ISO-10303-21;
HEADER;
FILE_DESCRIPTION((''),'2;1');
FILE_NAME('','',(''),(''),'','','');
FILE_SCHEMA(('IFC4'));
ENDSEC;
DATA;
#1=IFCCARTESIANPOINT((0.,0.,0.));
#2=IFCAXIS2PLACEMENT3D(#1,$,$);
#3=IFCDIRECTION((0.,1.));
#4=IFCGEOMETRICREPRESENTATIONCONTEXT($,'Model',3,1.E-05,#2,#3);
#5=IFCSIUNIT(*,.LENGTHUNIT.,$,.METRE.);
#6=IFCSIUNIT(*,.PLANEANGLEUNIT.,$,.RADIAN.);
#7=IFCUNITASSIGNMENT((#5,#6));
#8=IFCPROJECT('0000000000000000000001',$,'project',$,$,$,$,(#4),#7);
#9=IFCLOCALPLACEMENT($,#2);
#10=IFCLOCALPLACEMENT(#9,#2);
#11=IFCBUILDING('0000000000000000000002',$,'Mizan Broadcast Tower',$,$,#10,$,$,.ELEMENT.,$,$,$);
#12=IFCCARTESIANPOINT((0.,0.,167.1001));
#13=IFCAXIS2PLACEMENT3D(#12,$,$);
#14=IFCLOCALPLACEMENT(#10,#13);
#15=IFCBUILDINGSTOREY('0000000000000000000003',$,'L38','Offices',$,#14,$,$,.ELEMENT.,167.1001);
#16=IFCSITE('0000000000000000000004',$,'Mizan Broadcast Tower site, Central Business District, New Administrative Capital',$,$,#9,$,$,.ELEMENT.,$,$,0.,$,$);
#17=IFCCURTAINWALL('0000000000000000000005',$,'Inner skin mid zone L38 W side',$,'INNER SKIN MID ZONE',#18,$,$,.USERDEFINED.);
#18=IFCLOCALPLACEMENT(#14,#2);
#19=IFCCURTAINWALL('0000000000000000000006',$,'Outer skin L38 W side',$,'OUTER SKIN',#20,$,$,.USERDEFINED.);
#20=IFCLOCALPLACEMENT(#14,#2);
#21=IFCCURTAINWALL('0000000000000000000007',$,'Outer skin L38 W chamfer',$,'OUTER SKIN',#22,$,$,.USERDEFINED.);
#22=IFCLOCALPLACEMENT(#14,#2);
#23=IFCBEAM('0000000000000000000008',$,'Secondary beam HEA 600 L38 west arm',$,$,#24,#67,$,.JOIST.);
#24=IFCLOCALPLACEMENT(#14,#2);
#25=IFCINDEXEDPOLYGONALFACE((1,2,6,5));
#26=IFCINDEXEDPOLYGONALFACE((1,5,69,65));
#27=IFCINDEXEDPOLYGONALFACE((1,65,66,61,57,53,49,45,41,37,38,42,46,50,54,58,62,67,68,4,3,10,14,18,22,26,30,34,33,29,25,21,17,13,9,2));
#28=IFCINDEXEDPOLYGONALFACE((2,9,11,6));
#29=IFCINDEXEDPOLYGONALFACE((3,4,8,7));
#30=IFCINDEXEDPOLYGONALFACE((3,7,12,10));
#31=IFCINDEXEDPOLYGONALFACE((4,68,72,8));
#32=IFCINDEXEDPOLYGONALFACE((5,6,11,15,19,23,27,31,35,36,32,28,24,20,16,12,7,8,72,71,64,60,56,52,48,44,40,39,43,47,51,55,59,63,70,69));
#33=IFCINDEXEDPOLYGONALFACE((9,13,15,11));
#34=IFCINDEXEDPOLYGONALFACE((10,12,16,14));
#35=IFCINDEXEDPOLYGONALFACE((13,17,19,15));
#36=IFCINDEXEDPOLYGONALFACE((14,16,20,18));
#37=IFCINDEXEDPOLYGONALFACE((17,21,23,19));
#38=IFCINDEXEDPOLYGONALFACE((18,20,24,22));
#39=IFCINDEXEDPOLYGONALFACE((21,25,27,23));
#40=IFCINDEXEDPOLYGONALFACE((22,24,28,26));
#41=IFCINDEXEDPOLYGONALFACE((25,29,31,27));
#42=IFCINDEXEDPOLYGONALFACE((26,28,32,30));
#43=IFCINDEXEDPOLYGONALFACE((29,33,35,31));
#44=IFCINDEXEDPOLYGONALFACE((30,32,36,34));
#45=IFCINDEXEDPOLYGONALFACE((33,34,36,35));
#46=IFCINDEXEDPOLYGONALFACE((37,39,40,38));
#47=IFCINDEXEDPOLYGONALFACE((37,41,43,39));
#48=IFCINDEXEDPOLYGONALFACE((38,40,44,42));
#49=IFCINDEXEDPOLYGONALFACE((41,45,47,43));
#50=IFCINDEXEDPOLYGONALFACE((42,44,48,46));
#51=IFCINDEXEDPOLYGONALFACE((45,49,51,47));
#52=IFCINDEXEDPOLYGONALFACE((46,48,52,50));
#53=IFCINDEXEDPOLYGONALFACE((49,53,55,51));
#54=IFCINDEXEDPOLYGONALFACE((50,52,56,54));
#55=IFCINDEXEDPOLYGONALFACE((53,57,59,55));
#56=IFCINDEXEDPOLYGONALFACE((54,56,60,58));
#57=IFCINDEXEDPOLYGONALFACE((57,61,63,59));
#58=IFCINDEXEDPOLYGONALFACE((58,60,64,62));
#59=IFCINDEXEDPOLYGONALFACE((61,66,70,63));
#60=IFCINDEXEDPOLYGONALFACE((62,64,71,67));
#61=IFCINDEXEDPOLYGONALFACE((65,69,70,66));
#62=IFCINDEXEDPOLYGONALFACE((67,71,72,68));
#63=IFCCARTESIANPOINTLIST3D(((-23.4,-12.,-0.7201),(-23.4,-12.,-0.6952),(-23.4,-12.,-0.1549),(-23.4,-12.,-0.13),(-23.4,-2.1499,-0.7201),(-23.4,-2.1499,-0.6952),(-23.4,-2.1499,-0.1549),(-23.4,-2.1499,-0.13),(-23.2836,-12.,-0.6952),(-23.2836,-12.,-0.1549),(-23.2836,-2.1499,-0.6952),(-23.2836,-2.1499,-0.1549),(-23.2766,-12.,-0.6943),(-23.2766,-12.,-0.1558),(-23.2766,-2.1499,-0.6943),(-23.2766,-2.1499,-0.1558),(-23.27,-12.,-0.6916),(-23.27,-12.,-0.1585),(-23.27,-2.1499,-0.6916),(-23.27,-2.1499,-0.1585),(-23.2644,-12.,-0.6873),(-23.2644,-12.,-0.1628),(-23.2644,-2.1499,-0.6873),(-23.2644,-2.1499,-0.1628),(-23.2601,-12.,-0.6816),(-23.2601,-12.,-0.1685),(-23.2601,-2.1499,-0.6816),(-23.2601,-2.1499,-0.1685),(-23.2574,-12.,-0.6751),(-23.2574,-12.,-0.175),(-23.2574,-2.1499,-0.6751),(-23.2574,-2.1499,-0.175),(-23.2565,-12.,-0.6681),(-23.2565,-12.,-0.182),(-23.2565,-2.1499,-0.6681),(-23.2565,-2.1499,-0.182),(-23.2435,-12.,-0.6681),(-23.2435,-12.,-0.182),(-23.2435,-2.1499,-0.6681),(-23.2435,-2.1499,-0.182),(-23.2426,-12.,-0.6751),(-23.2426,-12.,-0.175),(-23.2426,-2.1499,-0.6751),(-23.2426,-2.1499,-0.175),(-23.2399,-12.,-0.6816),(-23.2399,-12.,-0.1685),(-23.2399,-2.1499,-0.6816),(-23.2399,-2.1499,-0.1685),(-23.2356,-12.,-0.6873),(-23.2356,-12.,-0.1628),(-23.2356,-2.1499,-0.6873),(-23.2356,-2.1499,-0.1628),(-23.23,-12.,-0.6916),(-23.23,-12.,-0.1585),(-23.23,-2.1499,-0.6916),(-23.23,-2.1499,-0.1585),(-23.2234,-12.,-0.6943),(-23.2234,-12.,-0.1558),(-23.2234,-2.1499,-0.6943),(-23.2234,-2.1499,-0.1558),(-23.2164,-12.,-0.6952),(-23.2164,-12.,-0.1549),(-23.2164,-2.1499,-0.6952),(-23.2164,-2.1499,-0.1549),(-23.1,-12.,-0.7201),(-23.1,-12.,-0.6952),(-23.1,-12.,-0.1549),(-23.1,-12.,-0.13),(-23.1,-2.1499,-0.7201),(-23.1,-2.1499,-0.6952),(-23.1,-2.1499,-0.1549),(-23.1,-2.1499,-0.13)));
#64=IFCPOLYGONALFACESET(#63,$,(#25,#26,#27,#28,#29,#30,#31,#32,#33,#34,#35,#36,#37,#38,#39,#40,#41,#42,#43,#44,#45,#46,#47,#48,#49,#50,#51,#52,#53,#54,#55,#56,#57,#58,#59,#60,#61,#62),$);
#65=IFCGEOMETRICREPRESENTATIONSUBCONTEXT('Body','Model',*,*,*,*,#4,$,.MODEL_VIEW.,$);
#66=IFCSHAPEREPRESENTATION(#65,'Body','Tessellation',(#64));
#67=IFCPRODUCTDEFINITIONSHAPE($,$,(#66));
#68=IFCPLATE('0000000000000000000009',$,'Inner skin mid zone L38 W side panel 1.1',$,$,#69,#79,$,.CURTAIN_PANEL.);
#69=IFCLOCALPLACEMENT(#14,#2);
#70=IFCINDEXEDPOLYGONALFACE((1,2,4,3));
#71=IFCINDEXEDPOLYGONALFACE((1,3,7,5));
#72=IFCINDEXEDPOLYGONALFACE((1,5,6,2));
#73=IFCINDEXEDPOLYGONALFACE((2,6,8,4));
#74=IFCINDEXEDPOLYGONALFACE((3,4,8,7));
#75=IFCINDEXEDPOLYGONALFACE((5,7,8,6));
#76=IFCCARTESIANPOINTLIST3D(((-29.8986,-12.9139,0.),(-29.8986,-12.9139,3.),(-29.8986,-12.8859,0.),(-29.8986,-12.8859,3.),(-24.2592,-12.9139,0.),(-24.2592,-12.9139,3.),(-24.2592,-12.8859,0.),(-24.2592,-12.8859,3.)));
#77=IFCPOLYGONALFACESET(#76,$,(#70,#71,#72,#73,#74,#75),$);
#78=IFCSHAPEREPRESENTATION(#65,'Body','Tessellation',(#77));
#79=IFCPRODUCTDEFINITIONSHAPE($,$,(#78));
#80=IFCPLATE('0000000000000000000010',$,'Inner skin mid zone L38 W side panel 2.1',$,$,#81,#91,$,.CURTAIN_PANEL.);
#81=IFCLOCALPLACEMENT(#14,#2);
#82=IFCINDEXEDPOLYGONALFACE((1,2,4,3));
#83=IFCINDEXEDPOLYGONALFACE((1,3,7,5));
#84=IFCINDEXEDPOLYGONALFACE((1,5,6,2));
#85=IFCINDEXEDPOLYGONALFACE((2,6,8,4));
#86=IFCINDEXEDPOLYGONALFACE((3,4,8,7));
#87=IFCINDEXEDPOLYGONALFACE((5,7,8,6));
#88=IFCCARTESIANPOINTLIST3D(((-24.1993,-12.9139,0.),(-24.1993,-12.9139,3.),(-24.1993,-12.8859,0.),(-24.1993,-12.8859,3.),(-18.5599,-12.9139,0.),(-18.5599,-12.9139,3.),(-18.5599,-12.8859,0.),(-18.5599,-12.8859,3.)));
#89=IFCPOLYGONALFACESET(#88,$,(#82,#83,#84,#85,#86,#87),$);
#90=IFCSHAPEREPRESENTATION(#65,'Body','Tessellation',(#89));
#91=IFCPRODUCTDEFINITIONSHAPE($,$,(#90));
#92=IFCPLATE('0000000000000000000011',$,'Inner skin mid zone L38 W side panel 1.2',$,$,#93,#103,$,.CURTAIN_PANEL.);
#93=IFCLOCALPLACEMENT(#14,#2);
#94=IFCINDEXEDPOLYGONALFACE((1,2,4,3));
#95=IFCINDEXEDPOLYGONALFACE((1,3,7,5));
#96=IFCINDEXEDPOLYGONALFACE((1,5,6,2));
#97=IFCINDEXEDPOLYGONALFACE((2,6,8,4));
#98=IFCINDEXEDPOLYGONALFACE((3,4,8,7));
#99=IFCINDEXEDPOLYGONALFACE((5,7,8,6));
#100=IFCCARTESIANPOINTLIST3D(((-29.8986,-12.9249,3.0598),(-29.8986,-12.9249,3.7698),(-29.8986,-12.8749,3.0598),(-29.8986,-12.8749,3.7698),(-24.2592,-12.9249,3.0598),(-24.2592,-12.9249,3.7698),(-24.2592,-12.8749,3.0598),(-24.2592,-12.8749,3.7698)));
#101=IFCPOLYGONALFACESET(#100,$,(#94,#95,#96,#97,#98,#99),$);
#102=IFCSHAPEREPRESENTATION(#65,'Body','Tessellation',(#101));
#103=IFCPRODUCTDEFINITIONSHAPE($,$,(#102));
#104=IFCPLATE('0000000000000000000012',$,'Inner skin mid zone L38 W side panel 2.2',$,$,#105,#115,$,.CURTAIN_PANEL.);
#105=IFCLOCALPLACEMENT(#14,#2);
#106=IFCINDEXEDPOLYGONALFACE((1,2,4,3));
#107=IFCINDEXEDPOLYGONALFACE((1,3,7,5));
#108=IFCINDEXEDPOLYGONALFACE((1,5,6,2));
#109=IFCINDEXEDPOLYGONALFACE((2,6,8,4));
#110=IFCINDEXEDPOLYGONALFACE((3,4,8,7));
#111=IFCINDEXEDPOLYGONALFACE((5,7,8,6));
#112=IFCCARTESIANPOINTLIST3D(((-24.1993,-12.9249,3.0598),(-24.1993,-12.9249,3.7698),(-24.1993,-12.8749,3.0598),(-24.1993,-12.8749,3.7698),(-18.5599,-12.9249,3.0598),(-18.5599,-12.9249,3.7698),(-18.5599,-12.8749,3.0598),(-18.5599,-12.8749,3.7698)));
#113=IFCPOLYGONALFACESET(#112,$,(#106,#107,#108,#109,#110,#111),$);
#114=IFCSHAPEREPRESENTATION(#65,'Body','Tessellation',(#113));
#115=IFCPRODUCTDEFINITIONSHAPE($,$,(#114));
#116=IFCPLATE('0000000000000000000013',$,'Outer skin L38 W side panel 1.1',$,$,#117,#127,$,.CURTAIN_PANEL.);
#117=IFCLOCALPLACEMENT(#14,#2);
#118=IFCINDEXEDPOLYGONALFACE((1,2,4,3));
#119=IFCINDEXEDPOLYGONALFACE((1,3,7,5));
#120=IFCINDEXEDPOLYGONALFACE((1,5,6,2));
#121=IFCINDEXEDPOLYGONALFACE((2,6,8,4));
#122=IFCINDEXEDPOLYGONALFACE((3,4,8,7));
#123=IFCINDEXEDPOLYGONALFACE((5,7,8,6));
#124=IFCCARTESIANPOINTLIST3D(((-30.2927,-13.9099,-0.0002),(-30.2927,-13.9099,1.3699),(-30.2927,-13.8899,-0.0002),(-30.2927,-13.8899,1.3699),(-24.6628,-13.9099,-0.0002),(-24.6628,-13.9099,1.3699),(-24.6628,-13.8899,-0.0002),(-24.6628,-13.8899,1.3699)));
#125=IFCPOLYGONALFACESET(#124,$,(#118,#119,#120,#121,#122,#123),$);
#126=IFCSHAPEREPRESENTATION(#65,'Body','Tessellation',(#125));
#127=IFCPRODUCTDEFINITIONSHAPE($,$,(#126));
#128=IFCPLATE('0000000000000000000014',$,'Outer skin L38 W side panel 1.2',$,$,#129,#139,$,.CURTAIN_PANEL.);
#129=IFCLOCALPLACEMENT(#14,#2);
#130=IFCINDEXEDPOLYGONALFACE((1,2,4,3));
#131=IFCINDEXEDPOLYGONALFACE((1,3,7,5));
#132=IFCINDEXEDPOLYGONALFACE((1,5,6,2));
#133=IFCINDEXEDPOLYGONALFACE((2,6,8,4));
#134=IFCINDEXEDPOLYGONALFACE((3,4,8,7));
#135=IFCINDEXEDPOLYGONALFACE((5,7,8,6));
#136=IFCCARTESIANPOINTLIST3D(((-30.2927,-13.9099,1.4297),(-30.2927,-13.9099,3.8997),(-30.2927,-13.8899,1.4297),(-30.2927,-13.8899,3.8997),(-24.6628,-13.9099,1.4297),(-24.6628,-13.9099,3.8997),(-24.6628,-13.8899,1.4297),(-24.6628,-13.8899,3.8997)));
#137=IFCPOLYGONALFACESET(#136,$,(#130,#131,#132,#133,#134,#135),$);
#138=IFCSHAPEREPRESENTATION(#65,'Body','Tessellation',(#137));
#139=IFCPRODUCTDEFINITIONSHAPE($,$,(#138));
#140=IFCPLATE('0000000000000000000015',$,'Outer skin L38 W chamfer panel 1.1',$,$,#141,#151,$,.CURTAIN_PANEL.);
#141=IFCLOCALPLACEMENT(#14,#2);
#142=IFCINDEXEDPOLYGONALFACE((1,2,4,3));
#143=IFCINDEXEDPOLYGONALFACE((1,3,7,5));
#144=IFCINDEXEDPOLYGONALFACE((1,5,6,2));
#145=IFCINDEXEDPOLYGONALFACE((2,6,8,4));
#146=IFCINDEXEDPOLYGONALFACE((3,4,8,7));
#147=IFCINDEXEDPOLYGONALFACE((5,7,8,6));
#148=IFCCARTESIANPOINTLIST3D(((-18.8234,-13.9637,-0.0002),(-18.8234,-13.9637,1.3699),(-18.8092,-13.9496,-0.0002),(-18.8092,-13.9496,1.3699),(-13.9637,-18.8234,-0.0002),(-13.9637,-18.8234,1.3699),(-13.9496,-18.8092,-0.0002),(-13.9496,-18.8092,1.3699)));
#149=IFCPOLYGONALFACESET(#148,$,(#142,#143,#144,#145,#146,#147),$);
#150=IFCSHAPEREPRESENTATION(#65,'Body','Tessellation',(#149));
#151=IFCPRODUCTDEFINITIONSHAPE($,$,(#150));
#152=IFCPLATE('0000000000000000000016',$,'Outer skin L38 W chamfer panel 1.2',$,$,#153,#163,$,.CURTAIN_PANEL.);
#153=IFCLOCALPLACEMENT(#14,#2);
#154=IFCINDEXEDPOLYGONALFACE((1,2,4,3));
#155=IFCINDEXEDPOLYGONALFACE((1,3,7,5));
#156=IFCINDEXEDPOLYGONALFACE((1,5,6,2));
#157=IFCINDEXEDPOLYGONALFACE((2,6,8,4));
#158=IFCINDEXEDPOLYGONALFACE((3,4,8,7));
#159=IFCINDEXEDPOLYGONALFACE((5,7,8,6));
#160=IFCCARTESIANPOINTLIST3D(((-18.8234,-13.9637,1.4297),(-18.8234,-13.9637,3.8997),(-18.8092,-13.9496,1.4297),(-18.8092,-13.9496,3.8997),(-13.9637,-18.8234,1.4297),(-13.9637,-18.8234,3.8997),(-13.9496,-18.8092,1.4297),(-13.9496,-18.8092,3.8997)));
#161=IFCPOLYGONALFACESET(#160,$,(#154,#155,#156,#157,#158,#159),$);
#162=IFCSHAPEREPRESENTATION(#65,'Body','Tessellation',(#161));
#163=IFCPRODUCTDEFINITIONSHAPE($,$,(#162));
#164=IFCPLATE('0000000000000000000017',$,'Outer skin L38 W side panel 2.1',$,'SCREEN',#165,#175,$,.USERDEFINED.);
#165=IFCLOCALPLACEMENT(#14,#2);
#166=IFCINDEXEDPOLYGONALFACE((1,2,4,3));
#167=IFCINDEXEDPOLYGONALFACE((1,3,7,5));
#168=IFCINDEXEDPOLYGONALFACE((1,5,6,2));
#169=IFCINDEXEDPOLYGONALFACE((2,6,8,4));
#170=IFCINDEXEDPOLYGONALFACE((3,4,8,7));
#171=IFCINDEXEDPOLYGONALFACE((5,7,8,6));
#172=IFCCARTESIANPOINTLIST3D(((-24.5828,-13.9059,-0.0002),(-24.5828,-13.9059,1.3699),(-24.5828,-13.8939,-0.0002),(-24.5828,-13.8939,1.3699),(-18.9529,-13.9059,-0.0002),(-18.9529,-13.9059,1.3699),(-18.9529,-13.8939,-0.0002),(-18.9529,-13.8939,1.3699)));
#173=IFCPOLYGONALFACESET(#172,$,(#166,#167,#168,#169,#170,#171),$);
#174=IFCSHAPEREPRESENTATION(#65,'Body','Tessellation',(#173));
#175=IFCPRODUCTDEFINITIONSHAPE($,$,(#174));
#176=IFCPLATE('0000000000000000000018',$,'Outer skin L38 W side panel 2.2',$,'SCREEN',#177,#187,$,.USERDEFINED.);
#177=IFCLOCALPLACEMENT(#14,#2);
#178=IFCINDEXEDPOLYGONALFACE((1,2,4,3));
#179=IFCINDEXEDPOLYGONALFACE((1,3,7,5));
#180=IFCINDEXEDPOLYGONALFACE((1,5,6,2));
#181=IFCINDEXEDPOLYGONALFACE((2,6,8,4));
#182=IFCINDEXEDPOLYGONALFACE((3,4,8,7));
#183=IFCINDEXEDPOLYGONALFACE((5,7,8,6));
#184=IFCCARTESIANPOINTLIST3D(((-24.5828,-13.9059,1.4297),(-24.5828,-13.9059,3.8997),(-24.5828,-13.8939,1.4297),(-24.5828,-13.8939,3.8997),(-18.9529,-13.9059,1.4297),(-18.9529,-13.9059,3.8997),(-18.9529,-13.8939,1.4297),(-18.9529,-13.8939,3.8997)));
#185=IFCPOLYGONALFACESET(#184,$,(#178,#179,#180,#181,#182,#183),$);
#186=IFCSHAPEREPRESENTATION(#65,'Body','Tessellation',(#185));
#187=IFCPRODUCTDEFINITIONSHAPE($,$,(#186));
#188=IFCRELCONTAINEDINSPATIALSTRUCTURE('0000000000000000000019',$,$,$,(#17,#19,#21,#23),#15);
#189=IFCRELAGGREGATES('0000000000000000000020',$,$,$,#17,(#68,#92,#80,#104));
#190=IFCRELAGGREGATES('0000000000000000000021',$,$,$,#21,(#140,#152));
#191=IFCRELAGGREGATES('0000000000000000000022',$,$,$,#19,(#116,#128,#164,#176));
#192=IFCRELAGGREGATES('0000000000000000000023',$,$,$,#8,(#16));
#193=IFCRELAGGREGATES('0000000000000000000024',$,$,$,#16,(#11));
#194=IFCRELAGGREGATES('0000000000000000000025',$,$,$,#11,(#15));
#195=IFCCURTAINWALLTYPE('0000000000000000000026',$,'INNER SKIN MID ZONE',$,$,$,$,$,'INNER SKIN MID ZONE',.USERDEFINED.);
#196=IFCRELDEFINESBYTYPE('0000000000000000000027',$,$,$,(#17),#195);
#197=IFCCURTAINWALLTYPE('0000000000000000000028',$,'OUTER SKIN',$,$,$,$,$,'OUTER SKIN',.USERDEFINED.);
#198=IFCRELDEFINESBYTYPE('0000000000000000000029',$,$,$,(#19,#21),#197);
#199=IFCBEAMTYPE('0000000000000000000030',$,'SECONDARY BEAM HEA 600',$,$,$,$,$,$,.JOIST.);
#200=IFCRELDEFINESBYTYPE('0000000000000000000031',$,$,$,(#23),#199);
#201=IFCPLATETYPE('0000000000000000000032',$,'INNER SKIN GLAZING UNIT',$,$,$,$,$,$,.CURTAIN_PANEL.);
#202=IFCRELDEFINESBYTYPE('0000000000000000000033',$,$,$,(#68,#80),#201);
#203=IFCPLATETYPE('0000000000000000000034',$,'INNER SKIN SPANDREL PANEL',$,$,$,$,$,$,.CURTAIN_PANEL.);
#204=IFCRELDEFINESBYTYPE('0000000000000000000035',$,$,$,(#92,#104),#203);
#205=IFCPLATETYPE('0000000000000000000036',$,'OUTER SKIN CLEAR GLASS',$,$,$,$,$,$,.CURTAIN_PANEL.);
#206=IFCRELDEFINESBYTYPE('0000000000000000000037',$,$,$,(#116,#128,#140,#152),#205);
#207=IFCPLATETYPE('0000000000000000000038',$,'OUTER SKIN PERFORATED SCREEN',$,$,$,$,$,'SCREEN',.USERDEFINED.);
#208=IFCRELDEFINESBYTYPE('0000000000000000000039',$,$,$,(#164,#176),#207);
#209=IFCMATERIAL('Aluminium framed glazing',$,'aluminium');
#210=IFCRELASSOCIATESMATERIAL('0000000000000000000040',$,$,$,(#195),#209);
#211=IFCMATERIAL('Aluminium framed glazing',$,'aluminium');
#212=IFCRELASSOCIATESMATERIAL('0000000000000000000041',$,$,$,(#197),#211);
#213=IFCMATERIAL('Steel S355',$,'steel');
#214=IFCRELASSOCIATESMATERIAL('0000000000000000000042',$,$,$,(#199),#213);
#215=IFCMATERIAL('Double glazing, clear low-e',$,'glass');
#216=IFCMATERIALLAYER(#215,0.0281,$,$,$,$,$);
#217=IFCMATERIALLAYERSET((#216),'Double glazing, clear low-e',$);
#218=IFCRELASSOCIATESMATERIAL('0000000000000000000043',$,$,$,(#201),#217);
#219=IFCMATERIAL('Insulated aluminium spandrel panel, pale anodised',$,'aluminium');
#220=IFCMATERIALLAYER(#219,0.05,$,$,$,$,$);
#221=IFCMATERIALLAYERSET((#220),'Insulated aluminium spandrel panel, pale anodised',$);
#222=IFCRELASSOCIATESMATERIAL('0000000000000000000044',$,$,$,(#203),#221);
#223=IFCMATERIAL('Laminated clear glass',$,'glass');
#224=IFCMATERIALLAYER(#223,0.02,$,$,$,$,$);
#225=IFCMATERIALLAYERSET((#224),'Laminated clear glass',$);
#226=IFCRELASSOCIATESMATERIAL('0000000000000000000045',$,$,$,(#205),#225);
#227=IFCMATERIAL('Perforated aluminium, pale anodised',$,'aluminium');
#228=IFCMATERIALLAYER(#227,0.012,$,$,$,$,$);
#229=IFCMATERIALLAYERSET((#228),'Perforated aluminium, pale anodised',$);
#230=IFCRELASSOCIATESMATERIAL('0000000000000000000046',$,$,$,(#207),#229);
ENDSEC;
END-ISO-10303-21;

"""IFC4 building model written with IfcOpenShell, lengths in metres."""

from ifc_helpers import new_model, si_unit, direction, frame, origin, origin_2d, place, context, subcontext, project, spatial, rectangle, i_section, extrude, material, layer, layer_set, material_profile, profile_set, type_object, element, aggregate, save


model = new_model("IFC4")

# Units and contexts
model_context = context("Model", 3, precision=1e-05, world=origin(), true_north=direction((0.0, 1.0)))
body_context = subcontext(model_context, "Body", "Model", "MODEL_VIEW")
ifc_project = project(units=[si_unit("LENGTHUNIT", "METRE"), si_unit("PLANEANGLEUNIT", "RADIAN")], contexts=[model_context])

# Site, building, storey
site_placement = place(None, origin())
site = spatial("IfcSite", under=ifc_project, at=site_placement, Name="Mizan Broadcast Tower site, Central Business District, New Administrative Capital", CompositionType="ELEMENT", RefElevation=0.0)
building_placement = place(site_placement, origin())
building = spatial("IfcBuilding", under=site, at=building_placement, Name="Mizan Broadcast Tower", CompositionType="ELEMENT")
storey_placement = place(building_placement, frame((0.0, 0.0, 167.1001)))
storey = spatial("IfcBuildingStorey", under=building, at=storey_placement, Name="L38", Description="Offices", CompositionType="ELEMENT", Elevation=167.1001)

# Curtain walls
ifc_material_1 = material(Name="Aluminium framed glazing", Category="aluminium")
curtain_wall_type_1 = type_object("IfcCurtainWallType", Name="INNER SKIN MID ZONE", ElementType="INNER SKIN MID ZONE", PredefinedType="USERDEFINED", material=ifc_material_1)
curtain_wall_1_placement = place(storey_placement, origin())
curtain_wall_1 = element("IfcCurtainWall", 1, at=curtain_wall_1_placement, inside=storey, type_object=curtain_wall_type_1, Name="Inner skin mid zone L38 W side", ObjectType="INNER SKIN MID ZONE", PredefinedType="USERDEFINED")
ifc_material_2 = material(Name="Aluminium framed glazing", Category="aluminium")
curtain_wall_type_2 = type_object("IfcCurtainWallType", Name="OUTER SKIN", ElementType="OUTER SKIN", PredefinedType="USERDEFINED", material=ifc_material_2)
curtain_wall_2_placement = place(storey_placement, origin())
curtain_wall_2 = element("IfcCurtainWall", 2, at=curtain_wall_2_placement, inside=storey, type_object=curtain_wall_type_2, Name="Outer skin L38 W side", ObjectType="OUTER SKIN", PredefinedType="USERDEFINED")

# Curtain wall
curtain_wall_3_placement = place(storey_placement, origin())
curtain_wall_3 = element("IfcCurtainWall", 3, at=curtain_wall_3_placement, inside=storey, type_object=curtain_wall_type_2, Name="Outer skin L38 W chamfer", ObjectType="OUTER SKIN", PredefinedType="USERDEFINED")

# Beam
ifc_material_3 = material(Name="Steel S355", Category="steel")
ifc_material_profile_1 = material_profile(ifc_material_3, i_section(OverallWidth=0.3, OverallDepth=0.5901, WebThickness=0.0129, FlangeThickness=0.0249, FilletRadius=0.0271, at=origin_2d()), Name="HEA 600")
ifc_profile_set_1 = profile_set([ifc_material_profile_1], Name="Steel S355")
beam_type_1 = type_object("IfcBeamType", Name="SECONDARY BEAM HEA 600", PredefinedType="JOIST", material=ifc_profile_set_1)
for number, where, z_axis, x_axis, name in (
    (4, (-23.25, -12.0, -0.425), (0.0, 1.0, 0.0), (-1.0, 0.0, 0.0), "Secondary beam HEA 600 L38 west arm"),
):
    element("IfcBeam", number, at=place(storey_placement, frame(where, z_axis=z_axis, x_axis=x_axis)), inside=storey, type_object=beam_type_1, Name=name, PredefinedType="JOIST", context=body_context, shape_type="SweptSolid", body=[
        extrude(i_section(OverallWidth=0.3, OverallDepth=0.5901, WebThickness=0.0129, FlangeThickness=0.0249, FilletRadius=0.0271, at=origin_2d()), origin(), (0.0, 0.0, 1.0), 9.8501),
    ])

# Plates
ifc_material_4 = material(Name="Double glazing, clear low-e", Category="glass")
ifc_layer_1 = layer(ifc_material_4, 0.0281)
ifc_layer_set_1 = layer_set([ifc_layer_1], Name="Double glazing, clear low-e")
plate_type_1 = type_object("IfcPlateType", Name="INNER SKIN GLAZING UNIT", PredefinedType="CURTAIN_PANEL", material=ifc_layer_set_1)
plate_1_placement = place(storey_placement, frame((-27.0789, -12.8999, 0.0), z_axis=(0.0, 0.0, 1.0), x_axis=(1.0, 0.0, 0.0)))
plate_1 = element("IfcPlate", 5, at=plate_1_placement, type_object=plate_type_1, Name="Inner skin mid zone L38 W side panel 1.1", PredefinedType="CURTAIN_PANEL", context=body_context, shape_type="SweptSolid", body=[
    extrude(rectangle(XDim=5.6394, YDim=0.0281, at=origin_2d()), origin(), (0.0, 0.0, 1.0), 3.0),
])
plate_2_placement = place(storey_placement, frame((-21.3796, -12.8999, 0.0), z_axis=(0.0, 0.0, 1.0), x_axis=(1.0, 0.0, 0.0)))
plate_2 = element("IfcPlate", 6, at=plate_2_placement, type_object=plate_type_1, Name="Inner skin mid zone L38 W side panel 2.1", PredefinedType="CURTAIN_PANEL", context=body_context, shape_type="SweptSolid", body=[
    extrude(rectangle(XDim=5.6394, YDim=0.0281, at=origin_2d()), origin(), (0.0, 0.0, 1.0), 3.0),
])
ifc_material_5 = material(Name="Insulated aluminium spandrel panel, pale anodised", Category="aluminium")
ifc_layer_2 = layer(ifc_material_5, 0.05)
ifc_layer_set_2 = layer_set([ifc_layer_2], Name="Insulated aluminium spandrel panel, pale anodised")
plate_type_2 = type_object("IfcPlateType", Name="INNER SKIN SPANDREL PANEL", PredefinedType="CURTAIN_PANEL", material=ifc_layer_set_2)
plate_3_placement = place(storey_placement, frame((-27.0789, -12.8999, 3.0598), z_axis=(0.0, 0.0, 1.0), x_axis=(1.0, 0.0, 0.0)))
plate_3 = element("IfcPlate", 7, at=plate_3_placement, type_object=plate_type_2, Name="Inner skin mid zone L38 W side panel 1.2", PredefinedType="CURTAIN_PANEL", context=body_context, shape_type="SweptSolid", body=[
    extrude(rectangle(XDim=5.6394, YDim=0.05, at=origin_2d()), origin(), (0.0, 0.0, 1.0), 0.71),
])
plate_4_placement = place(storey_placement, frame((-21.3796, -12.8999, 3.0598), z_axis=(0.0, 0.0, 1.0), x_axis=(1.0, 0.0, 0.0)))
plate_4 = element("IfcPlate", 8, at=plate_4_placement, type_object=plate_type_2, Name="Inner skin mid zone L38 W side panel 2.2", PredefinedType="CURTAIN_PANEL", context=body_context, shape_type="SweptSolid", body=[
    extrude(rectangle(XDim=5.6394, YDim=0.05, at=origin_2d()), origin(), (0.0, 0.0, 1.0), 0.71),
])
aggregate(curtain_wall_1, [plate_1, plate_3, plate_2, plate_4])
ifc_material_6 = material(Name="Laminated clear glass", Category="glass")
ifc_layer_3 = layer(ifc_material_6, 0.02)
ifc_layer_set_3 = layer_set([ifc_layer_3], Name="Laminated clear glass")
plate_type_3 = type_object("IfcPlateType", Name="OUTER SKIN CLEAR GLASS", PredefinedType="CURTAIN_PANEL", material=ifc_layer_set_3)
plate_5_placement = place(storey_placement, frame((-27.4778, -13.8999, -0.0002), z_axis=(0.0, 0.0, 1.0), x_axis=(1.0, 0.0, 0.0)))
plate_5 = element("IfcPlate", 9, at=plate_5_placement, type_object=plate_type_3, Name="Outer skin L38 W side panel 1.1", PredefinedType="CURTAIN_PANEL", context=body_context, shape_type="SweptSolid", body=[
    extrude(rectangle(XDim=5.6299, YDim=0.02, at=origin_2d()), origin(), (0.0, 0.0, 1.0), 1.3701),
])
plate_6_placement = place(storey_placement, frame((-27.4778, -13.8999, 1.4297), z_axis=(0.0, 0.0, 1.0), x_axis=(1.0, 0.0, 0.0)))
plate_6 = element("IfcPlate", 10, at=plate_6_placement, type_object=plate_type_3, Name="Outer skin L38 W side panel 1.2", PredefinedType="CURTAIN_PANEL", context=body_context, shape_type="SweptSolid", body=[
    extrude(rectangle(XDim=5.6299, YDim=0.02, at=origin_2d()), origin(), (0.0, 0.0, 1.0), 2.47),
])
plate_7_placement = place(storey_placement, frame((-16.3865, -16.3865, -0.0002), z_axis=(0.0, 0.0, 1.0), x_axis=(0.707107, -0.707107, 0.0)))
plate_7 = element("IfcPlate", 11, at=plate_7_placement, type_object=plate_type_3, Name="Outer skin L38 W chamfer panel 1.1", PredefinedType="CURTAIN_PANEL", context=body_context, shape_type="SweptSolid", body=[
    extrude(rectangle(XDim=6.8726, YDim=0.02, at=origin_2d()), origin(), (0.0, 0.0, 1.0), 1.3701),
])
plate_8_placement = place(storey_placement, frame((-16.3865, -16.3865, 1.4297), z_axis=(0.0, 0.0, 1.0), x_axis=(0.707107, -0.707107, 0.0)))
plate_8 = element("IfcPlate", 12, at=plate_8_placement, type_object=plate_type_3, Name="Outer skin L38 W chamfer panel 1.2", PredefinedType="CURTAIN_PANEL", context=body_context, shape_type="SweptSolid", body=[
    extrude(rectangle(XDim=6.8726, YDim=0.02, at=origin_2d()), origin(), (0.0, 0.0, 1.0), 2.47),
])
aggregate(curtain_wall_3, [plate_7, plate_8])
ifc_material_7 = material(Name="Perforated aluminium, pale anodised", Category="aluminium")
ifc_layer_4 = layer(ifc_material_7, 0.012)
ifc_layer_set_4 = layer_set([ifc_layer_4], Name="Perforated aluminium, pale anodised")
plate_type_4 = type_object("IfcPlateType", Name="OUTER SKIN PERFORATED SCREEN", ElementType="SCREEN", PredefinedType="USERDEFINED", material=ifc_layer_set_4)
plate_9_placement = place(storey_placement, frame((-21.7678, -13.8999, -0.0002), z_axis=(0.0, 0.0, 1.0), x_axis=(1.0, 0.0, 0.0)))
plate_9 = element("IfcPlate", 13, at=plate_9_placement, type_object=plate_type_4, Name="Outer skin L38 W side panel 2.1", ObjectType="SCREEN", PredefinedType="USERDEFINED", context=body_context, shape_type="SweptSolid", body=[
    extrude(rectangle(XDim=5.6299, YDim=0.012, at=origin_2d()), origin(), (0.0, 0.0, 1.0), 1.3701),
])
plate_10_placement = place(storey_placement, frame((-21.7678, -13.8999, 1.4297), z_axis=(0.0, 0.0, 1.0), x_axis=(1.0, 0.0, 0.0)))
plate_10 = element("IfcPlate", 14, at=plate_10_placement, type_object=plate_type_4, Name="Outer skin L38 W side panel 2.2", ObjectType="SCREEN", PredefinedType="USERDEFINED", context=body_context, shape_type="SweptSolid", body=[
    extrude(rectangle(XDim=5.6299, YDim=0.012, at=origin_2d()), origin(), (0.0, 0.0, 1.0), 2.47),
])
aggregate(curtain_wall_2, [plate_5, plate_6, plate_9, plate_10])

save(model, "model.ifc")
